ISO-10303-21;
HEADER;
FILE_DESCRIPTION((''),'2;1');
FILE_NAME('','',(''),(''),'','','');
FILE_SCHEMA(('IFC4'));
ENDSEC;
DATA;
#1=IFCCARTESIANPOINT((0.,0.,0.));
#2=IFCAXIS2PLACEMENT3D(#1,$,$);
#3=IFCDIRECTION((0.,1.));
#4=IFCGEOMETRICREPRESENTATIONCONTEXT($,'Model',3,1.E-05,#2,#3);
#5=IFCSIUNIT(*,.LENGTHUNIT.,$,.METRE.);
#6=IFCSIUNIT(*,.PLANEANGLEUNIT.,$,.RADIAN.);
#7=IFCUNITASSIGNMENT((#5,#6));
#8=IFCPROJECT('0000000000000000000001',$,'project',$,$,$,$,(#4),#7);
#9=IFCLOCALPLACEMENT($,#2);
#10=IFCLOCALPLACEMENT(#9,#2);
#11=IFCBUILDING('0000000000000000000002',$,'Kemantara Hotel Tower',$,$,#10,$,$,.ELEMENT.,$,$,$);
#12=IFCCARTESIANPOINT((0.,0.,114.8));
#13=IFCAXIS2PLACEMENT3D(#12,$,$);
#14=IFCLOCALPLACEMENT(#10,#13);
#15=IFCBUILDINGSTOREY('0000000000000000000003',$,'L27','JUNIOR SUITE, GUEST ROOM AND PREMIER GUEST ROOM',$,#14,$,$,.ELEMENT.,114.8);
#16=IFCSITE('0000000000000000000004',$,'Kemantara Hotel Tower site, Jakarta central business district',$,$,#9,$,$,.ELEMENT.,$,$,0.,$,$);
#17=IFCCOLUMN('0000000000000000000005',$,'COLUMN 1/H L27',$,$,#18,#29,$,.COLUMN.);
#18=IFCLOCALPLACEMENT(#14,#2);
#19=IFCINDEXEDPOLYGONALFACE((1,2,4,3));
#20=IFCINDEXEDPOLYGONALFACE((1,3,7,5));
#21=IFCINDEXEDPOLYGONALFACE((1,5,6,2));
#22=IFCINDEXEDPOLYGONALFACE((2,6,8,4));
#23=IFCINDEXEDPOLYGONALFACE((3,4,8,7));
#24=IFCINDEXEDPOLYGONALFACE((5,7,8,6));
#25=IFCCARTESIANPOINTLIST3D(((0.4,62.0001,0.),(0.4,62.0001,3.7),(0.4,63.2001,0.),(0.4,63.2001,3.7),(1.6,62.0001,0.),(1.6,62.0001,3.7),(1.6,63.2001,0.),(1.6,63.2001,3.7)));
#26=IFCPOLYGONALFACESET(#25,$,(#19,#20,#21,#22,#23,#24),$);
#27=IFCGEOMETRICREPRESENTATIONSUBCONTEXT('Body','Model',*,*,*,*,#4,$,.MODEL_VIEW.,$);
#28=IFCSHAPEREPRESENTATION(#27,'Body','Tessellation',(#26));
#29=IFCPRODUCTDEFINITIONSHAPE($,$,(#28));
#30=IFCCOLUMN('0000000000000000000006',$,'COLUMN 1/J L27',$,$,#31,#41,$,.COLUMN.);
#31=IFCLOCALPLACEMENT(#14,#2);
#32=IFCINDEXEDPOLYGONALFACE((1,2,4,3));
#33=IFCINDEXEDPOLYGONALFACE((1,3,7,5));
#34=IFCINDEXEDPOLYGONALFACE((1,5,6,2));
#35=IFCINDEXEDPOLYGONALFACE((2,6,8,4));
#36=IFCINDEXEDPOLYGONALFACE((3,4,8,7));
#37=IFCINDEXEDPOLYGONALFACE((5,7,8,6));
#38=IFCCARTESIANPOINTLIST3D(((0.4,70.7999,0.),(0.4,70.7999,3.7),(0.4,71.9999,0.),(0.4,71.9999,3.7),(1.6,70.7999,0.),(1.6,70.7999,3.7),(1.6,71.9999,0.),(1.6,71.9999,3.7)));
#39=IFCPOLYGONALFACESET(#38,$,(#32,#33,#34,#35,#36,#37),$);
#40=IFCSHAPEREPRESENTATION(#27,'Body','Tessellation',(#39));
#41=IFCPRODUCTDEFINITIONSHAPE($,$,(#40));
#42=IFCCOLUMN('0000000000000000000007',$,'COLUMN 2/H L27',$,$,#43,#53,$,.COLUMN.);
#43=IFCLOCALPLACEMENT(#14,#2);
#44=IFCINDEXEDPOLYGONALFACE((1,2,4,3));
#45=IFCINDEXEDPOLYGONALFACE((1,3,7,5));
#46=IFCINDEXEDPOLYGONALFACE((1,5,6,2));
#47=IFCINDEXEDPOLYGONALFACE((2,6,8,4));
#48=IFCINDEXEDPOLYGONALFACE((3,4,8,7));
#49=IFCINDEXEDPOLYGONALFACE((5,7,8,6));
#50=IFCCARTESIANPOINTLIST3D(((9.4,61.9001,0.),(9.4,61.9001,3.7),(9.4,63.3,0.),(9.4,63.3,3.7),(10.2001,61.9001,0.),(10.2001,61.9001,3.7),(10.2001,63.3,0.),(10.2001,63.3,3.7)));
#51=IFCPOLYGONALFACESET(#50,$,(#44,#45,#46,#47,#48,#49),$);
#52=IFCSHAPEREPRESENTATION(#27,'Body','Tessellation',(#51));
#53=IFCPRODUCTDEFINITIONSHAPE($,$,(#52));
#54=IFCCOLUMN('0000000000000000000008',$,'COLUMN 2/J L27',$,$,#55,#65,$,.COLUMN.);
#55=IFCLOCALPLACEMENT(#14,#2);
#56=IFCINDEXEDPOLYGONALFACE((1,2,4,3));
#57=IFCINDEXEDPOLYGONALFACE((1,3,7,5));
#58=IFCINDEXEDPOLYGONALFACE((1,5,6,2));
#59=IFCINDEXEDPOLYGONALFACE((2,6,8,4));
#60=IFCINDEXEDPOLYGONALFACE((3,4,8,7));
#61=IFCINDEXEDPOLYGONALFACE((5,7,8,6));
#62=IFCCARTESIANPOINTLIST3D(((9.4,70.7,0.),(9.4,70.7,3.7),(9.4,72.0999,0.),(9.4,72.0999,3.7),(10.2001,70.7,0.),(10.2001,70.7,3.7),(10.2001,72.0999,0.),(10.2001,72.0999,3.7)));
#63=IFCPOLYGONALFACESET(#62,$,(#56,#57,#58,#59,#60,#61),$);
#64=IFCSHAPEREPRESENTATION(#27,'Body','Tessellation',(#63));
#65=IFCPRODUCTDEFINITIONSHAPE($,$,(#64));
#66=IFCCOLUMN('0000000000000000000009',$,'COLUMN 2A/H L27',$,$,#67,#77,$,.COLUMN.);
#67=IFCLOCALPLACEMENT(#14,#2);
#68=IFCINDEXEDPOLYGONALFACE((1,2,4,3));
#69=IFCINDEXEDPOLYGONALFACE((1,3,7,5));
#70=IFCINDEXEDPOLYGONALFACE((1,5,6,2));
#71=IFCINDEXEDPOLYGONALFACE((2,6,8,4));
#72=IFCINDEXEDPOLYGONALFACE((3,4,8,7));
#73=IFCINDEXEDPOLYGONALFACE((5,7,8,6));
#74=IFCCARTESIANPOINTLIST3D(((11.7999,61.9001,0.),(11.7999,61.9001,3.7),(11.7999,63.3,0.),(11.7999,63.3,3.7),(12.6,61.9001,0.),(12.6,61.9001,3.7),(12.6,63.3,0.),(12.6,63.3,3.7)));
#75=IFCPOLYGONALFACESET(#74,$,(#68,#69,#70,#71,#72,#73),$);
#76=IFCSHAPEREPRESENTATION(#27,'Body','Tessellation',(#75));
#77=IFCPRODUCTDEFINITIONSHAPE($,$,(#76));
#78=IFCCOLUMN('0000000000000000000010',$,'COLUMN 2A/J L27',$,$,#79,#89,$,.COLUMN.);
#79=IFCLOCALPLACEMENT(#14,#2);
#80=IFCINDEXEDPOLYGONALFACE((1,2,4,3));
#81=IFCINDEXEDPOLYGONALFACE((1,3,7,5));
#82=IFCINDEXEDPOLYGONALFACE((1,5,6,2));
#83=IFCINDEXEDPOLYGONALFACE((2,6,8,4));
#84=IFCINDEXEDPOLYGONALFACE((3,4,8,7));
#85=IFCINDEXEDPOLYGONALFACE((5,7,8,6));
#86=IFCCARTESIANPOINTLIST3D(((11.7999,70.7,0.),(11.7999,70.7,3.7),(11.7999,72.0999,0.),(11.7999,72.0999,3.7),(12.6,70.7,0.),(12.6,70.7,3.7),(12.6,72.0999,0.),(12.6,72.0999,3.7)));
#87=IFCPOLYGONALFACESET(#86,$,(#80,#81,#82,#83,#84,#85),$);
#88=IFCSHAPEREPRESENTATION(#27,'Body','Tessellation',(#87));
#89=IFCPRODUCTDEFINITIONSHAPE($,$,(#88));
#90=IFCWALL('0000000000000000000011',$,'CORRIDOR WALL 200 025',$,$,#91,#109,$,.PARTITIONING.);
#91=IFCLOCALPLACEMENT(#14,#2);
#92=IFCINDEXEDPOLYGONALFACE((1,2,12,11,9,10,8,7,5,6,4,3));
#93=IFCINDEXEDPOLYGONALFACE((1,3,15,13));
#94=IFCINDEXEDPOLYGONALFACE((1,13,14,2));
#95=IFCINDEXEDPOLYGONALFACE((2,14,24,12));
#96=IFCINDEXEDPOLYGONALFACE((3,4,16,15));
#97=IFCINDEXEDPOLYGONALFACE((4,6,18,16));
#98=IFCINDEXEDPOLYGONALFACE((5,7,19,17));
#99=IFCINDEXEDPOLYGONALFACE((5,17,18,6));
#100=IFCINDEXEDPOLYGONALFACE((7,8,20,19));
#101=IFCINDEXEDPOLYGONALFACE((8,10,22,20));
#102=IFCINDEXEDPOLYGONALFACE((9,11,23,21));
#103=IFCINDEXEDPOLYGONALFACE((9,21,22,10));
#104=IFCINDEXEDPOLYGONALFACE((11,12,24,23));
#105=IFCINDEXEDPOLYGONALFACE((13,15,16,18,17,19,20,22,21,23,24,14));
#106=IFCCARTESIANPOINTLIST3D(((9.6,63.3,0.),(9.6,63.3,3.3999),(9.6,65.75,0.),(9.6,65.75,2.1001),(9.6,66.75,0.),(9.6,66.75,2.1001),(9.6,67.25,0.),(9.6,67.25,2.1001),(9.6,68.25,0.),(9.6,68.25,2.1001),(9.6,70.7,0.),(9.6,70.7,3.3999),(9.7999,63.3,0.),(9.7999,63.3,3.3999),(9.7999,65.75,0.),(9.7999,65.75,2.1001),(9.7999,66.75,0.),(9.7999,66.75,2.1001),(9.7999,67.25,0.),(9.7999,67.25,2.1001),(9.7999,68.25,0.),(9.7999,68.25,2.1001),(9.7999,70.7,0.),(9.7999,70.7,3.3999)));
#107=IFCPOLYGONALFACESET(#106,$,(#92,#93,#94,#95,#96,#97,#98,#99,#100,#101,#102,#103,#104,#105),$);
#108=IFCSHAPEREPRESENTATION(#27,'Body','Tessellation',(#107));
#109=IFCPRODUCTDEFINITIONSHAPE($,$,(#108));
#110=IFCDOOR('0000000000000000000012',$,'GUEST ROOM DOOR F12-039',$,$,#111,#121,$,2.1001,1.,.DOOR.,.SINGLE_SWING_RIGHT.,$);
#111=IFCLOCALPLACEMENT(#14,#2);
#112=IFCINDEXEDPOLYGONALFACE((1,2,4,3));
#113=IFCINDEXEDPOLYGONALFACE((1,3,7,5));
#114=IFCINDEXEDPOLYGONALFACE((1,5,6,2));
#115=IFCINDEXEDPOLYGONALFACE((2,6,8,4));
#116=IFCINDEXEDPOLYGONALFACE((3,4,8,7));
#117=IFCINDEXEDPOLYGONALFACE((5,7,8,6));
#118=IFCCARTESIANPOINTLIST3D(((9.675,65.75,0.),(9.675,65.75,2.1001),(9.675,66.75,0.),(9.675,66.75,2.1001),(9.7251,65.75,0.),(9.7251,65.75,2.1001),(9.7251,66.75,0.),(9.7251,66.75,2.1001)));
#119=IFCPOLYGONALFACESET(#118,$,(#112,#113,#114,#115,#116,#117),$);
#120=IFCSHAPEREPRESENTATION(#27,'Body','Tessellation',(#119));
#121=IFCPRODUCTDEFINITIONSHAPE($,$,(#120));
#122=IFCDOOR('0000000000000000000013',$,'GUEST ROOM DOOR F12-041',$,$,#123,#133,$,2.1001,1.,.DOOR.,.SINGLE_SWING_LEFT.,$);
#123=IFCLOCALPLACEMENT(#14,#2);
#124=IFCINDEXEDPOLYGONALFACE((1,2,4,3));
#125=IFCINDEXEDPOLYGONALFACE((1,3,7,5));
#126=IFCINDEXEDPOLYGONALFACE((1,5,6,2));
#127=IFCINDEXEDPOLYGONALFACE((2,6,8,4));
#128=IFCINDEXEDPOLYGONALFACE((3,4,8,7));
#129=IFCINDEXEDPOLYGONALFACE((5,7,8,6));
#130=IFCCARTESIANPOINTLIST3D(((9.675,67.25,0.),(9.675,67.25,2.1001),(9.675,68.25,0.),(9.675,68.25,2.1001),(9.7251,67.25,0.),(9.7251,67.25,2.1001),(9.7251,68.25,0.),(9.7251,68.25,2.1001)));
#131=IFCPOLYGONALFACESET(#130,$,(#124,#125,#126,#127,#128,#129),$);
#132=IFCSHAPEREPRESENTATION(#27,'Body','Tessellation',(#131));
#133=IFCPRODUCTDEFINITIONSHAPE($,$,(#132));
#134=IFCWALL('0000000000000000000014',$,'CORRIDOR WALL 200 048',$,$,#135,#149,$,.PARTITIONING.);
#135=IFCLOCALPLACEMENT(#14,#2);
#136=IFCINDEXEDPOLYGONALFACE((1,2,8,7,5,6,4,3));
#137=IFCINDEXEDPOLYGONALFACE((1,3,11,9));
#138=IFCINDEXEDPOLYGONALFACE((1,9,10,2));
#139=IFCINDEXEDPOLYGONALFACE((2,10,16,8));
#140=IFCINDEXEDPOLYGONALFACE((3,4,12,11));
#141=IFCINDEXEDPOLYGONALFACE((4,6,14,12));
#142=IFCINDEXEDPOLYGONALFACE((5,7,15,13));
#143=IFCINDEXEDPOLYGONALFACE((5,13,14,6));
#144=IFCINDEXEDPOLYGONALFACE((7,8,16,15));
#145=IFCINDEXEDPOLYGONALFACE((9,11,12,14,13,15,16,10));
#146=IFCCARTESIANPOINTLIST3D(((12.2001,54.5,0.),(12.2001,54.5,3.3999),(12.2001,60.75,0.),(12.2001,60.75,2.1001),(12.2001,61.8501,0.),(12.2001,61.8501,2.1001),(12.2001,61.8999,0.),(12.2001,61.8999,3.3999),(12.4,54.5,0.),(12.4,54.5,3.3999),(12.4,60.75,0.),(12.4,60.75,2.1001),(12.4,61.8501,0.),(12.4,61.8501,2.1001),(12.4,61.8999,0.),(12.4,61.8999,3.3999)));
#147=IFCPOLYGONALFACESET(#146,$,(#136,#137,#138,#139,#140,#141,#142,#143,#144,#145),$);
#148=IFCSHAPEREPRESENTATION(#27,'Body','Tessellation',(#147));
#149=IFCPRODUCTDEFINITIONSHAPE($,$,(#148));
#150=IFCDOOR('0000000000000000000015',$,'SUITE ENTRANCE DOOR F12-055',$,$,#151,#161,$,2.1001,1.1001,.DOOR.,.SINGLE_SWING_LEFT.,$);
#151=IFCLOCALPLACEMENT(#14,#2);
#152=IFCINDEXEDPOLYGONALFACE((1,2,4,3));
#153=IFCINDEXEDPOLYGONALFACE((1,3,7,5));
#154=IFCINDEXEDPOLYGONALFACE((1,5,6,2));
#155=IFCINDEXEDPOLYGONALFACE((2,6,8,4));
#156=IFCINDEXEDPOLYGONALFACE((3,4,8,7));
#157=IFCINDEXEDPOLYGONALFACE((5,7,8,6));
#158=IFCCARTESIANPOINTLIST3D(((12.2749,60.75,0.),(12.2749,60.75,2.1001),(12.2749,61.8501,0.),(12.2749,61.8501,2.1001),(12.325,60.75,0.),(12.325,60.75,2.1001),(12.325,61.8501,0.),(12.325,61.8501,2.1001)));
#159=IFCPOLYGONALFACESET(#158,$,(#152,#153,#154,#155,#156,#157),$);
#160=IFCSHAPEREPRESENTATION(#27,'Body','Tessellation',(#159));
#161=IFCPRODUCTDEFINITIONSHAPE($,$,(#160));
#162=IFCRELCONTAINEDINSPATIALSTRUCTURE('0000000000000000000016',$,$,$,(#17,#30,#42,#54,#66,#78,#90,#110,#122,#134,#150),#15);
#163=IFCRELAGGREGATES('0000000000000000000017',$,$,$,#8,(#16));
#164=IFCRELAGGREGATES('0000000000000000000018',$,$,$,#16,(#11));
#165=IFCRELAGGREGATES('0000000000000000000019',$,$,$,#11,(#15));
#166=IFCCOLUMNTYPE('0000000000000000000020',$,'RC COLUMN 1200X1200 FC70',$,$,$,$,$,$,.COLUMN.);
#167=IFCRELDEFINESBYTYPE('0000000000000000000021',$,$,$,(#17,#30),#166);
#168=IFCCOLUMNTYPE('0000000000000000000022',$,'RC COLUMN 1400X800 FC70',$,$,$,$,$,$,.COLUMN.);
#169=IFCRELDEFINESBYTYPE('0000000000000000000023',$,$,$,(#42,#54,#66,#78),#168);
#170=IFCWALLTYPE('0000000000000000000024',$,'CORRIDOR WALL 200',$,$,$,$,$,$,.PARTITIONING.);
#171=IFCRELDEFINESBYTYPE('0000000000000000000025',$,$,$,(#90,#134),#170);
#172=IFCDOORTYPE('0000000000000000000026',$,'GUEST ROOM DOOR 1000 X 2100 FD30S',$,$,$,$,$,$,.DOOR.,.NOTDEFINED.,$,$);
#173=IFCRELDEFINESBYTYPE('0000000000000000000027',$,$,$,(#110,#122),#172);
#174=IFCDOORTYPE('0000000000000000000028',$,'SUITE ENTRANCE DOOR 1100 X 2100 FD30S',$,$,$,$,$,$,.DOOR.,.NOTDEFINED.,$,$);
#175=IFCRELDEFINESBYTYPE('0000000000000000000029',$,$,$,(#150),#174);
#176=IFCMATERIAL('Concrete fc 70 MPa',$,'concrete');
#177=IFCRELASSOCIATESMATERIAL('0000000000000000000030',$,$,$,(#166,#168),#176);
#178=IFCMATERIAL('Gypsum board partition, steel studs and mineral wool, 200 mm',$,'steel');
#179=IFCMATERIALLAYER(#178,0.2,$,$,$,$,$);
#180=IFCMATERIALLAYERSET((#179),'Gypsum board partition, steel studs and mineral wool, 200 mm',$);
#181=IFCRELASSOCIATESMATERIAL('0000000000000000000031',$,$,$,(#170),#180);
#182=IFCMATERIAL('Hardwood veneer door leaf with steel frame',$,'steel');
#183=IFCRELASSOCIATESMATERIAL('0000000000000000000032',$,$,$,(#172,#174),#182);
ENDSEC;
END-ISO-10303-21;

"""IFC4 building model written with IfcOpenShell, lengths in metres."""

from ifc_helpers import new_model, si_unit, direction, frame, frame_2d, origin, origin_2d, place, context, subcontext, project, spatial, rectangle, extrude, material, layer, layer_set, material_profile, profile_set, type_object, element, fill, save


model = new_model("IFC4")

# Units and contexts
model_context = context("Model", 3, precision=1e-05, world=origin(), true_north=direction((0.0, 1.0)))
body_context = subcontext(model_context, "Body", "Model", "MODEL_VIEW")
ifc_project = project(units=[si_unit("LENGTHUNIT", "METRE"), si_unit("PLANEANGLEUNIT", "RADIAN")], contexts=[model_context])

# Site, building, storey
site_placement = place(None, origin())
site = spatial("IfcSite", under=ifc_project, at=site_placement, Name="Kemantara Hotel Tower site, Jakarta central business district", CompositionType="ELEMENT", RefElevation=0.0)
building_placement = place(site_placement, origin())
building = spatial("IfcBuilding", under=site, at=building_placement, Name="Kemantara Hotel Tower", CompositionType="ELEMENT")
storey_placement = place(building_placement, frame((0.0, 0.0, 114.8)))
storey = spatial("IfcBuildingStorey", under=building, at=storey_placement, Name="L27", Description="JUNIOR SUITE, GUEST ROOM AND PREMIER GUEST ROOM", CompositionType="ELEMENT", Elevation=114.8)

# Columns
ifc_material_1 = material(Name="Concrete fc 70 MPa", Category="concrete")
ifc_material_profile_1 = material_profile(ifc_material_1, rectangle(XDim=1.2, YDim=1.2, at=origin_2d()), Name="RC 1200X1200")
ifc_profile_set_1 = profile_set([ifc_material_profile_1], Name="Concrete fc 70 MPa")
column_type_1 = type_object("IfcColumnType", Name="RC COLUMN 1200X1200 FC70", PredefinedType="COLUMN", material=ifc_profile_set_1)
for number, where, z_axis, x_axis, name in (
    (1, (1.0, 62.6001, 0.0), (0.0, 0.0, 1.0), (1.0, 0.0, 0.0), "COLUMN 1/H L27"),
    (2, (1.0, 71.3999, 0.0), (0.0, 0.0, 1.0), (1.0, 0.0, 0.0), "COLUMN 1/J L27"),
):
    element("IfcColumn", number, at=place(storey_placement, frame(where, z_axis=z_axis, x_axis=x_axis)), inside=storey, type_object=column_type_1, Name=name, PredefinedType="COLUMN", context=body_context, shape_type="SweptSolid", body=[
        extrude(rectangle(XDim=1.2, YDim=1.2, at=origin_2d()), origin(), (0.0, 0.0, 1.0), 3.7),
    ])
ifc_material_profile_2 = material_profile(ifc_material_1, rectangle(XDim=1.3999, YDim=0.8, at=origin_2d()), Name="RC 1400X800")
ifc_profile_set_2 = profile_set([ifc_material_profile_2], Name="Concrete fc 70 MPa")
column_type_2 = type_object("IfcColumnType", Name="RC COLUMN 1400X800 FC70", PredefinedType="COLUMN", material=ifc_profile_set_2)
for number, where, z_axis, x_axis, name in (
    (3, (9.8, 62.6001, 0.0), (0.0, 0.0, 1.0), (0.0, 1.0, 0.0), "COLUMN 2/H L27"),
    (4, (9.8, 71.3999, 0.0), (0.0, 0.0, 1.0), (0.0, 1.0, 0.0), "COLUMN 2/J L27"),
    (5, (12.2, 62.6001, 0.0), (0.0, 0.0, 1.0), (0.0, 1.0, 0.0), "COLUMN 2A/H L27"),
    (6, (12.2, 71.3999, 0.0), (0.0, 0.0, 1.0), (0.0, 1.0, 0.0), "COLUMN 2A/J L27"),
):
    element("IfcColumn", number, at=place(storey_placement, frame(where, z_axis=z_axis, x_axis=x_axis)), inside=storey, type_object=column_type_2, Name=name, PredefinedType="COLUMN", context=body_context, shape_type="SweptSolid", body=[
        extrude(rectangle(XDim=1.3999, YDim=0.8, at=origin_2d()), origin(), (0.0, 0.0, 1.0), 3.7),
    ])

# Wall, openings, doors
ifc_material_2 = material(Name="Gypsum board partition, steel studs and mineral wool, 200 mm", Category="steel")
ifc_layer_1 = layer(ifc_material_2, 0.2)
ifc_layer_set_1 = layer_set([ifc_layer_1], Name="Gypsum board partition, steel studs and mineral wool, 200 mm")
wall_type_1 = type_object("IfcWallType", Name="CORRIDOR WALL 200", PredefinedType="PARTITIONING", material=ifc_layer_set_1)
wall_1_placement = place(storey_placement, frame((9.7, 63.3, 0.0), z_axis=(0.0, 0.0, 1.0), x_axis=(0.0, 1.0, 0.0)))
wall_1 = element("IfcWall", 7, at=wall_1_placement, inside=storey, type_object=wall_type_1, Name="CORRIDOR WALL 200 025", PredefinedType="PARTITIONING", context=body_context, shape_type="SweptSolid", body=[
    extrude(rectangle(XDim=7.3999, YDim=0.2, at=frame_2d((3.7, 0.0))), origin(), (0.0, 0.0, 1.0), 3.3999),
])
opening_1_placement = place(wall_1_placement, frame((2.45, 0.0, 0.0)))
opening_1 = element("IfcOpeningElement", 8, at=opening_1_placement, cuts=wall_1, PredefinedType="OPENING", context=body_context, shape_type="SweptSolid", body=[
    extrude(rectangle(XDim=1.0, YDim=2.1001, at=frame_2d((0.5, 1.05))), frame((0.0, 0.1099, 0.0), z_axis=(0.0, -1.0, 0.0), x_axis=(1.0, 0.0, 0.0)), (0.0, 0.0, 1.0), 0.22),
])
opening_2_placement = place(wall_1_placement, frame((3.95, 0.0, 0.0)))
opening_2 = element("IfcOpeningElement", 9, at=opening_2_placement, cuts=wall_1, PredefinedType="OPENING", context=body_context, shape_type="SweptSolid", body=[
    extrude(rectangle(XDim=1.0, YDim=2.1001, at=frame_2d((0.5, 1.05))), frame((0.0, 0.1099, 0.0), z_axis=(0.0, -1.0, 0.0), x_axis=(1.0, 0.0, 0.0)), (0.0, 0.0, 1.0), 0.22),
])
ifc_material_3 = material(Name="Hardwood veneer door leaf with steel frame", Category="steel")
door_type_1 = type_object("IfcDoorType", Name="GUEST ROOM DOOR 1000 X 2100 FD30S", OperationType="NOTDEFINED", PredefinedType="DOOR", material=ifc_material_3)
door_1_placement = place(opening_1_placement, origin())
door_1 = element("IfcDoor", 10, at=door_1_placement, inside=storey, type_object=door_type_1, Name="GUEST ROOM DOOR F12-039", OperationType="SINGLE_SWING_RIGHT", OverallHeight=2.1001, OverallWidth=1.0, PredefinedType="DOOR", context=body_context, shape_type="SweptSolid", body=[
    extrude(rectangle(XDim=1.0, YDim=2.1001, at=frame_2d((0.5, 1.05))), frame((0.0, 0.0249, 0.0), z_axis=(0.0, -1.0, 0.0), x_axis=(1.0, 0.0, 0.0)), (0.0, 0.0, 1.0), 0.05),
])
fill(opening_1, door_1)
door_2_placement = place(opening_2_placement, origin())
door_2 = element("IfcDoor", 11, at=door_2_placement, inside=storey, type_object=door_type_1, Name="GUEST ROOM DOOR F12-041", OperationType="SINGLE_SWING_LEFT", OverallHeight=2.1001, OverallWidth=1.0, PredefinedType="DOOR", context=body_context, shape_type="SweptSolid", body=[
    extrude(rectangle(XDim=1.0, YDim=2.1001, at=frame_2d((0.5, 1.05))), frame((0.0, 0.0249, 0.0), z_axis=(0.0, -1.0, 0.0), x_axis=(1.0, 0.0, 0.0)), (0.0, 0.0, 1.0), 0.05),
])
fill(opening_2, door_2)

# Wall, opening, door
wall_2_placement = place(storey_placement, frame((12.3, 61.8999, 0.0), z_axis=(0.0, 0.0, 1.0), x_axis=(0.0, -1.0, 0.0)))
wall_2 = element("IfcWall", 12, at=wall_2_placement, inside=storey, type_object=wall_type_1, Name="CORRIDOR WALL 200 048", PredefinedType="PARTITIONING", context=body_context, shape_type="SweptSolid", body=[
    extrude(rectangle(XDim=7.3999, YDim=0.2, at=frame_2d((3.7, 0.0))), origin(), (0.0, 0.0, 1.0), 3.3999),
])
opening_3_placement = place(wall_2_placement, frame((0.0498, 0.0, 0.0)))
opening_3 = element("IfcOpeningElement", 13, at=opening_3_placement, cuts=wall_2, PredefinedType="OPENING", context=body_context, shape_type="SweptSolid", body=[
    extrude(rectangle(XDim=1.1001, YDim=2.1001, at=frame_2d((0.55, 1.05))), frame((0.0, 0.1099, 0.0), z_axis=(0.0, -1.0, 0.0), x_axis=(1.0, 0.0, 0.0)), (0.0, 0.0, 1.0), 0.22),
])
door_type_2 = type_object("IfcDoorType", Name="SUITE ENTRANCE DOOR 1100 X 2100 FD30S", OperationType="NOTDEFINED", PredefinedType="DOOR", material=ifc_material_3)
door_3_placement = place(opening_3_placement, origin())
door_3 = element("IfcDoor", 14, at=door_3_placement, inside=storey, type_object=door_type_2, Name="SUITE ENTRANCE DOOR F12-055", OperationType="SINGLE_SWING_LEFT", OverallHeight=2.1001, OverallWidth=1.1001, PredefinedType="DOOR", context=body_context, shape_type="SweptSolid", body=[
    extrude(rectangle(XDim=1.1001, YDim=2.1001, at=frame_2d((0.55, 1.05))), frame((0.0, 0.0249, 0.0), z_axis=(0.0, -1.0, 0.0), x_axis=(1.0, 0.0, 0.0)), (0.0, 0.0, 1.0), 0.05),
])
fill(opening_3, door_3)

save(model, "model.ifc")
